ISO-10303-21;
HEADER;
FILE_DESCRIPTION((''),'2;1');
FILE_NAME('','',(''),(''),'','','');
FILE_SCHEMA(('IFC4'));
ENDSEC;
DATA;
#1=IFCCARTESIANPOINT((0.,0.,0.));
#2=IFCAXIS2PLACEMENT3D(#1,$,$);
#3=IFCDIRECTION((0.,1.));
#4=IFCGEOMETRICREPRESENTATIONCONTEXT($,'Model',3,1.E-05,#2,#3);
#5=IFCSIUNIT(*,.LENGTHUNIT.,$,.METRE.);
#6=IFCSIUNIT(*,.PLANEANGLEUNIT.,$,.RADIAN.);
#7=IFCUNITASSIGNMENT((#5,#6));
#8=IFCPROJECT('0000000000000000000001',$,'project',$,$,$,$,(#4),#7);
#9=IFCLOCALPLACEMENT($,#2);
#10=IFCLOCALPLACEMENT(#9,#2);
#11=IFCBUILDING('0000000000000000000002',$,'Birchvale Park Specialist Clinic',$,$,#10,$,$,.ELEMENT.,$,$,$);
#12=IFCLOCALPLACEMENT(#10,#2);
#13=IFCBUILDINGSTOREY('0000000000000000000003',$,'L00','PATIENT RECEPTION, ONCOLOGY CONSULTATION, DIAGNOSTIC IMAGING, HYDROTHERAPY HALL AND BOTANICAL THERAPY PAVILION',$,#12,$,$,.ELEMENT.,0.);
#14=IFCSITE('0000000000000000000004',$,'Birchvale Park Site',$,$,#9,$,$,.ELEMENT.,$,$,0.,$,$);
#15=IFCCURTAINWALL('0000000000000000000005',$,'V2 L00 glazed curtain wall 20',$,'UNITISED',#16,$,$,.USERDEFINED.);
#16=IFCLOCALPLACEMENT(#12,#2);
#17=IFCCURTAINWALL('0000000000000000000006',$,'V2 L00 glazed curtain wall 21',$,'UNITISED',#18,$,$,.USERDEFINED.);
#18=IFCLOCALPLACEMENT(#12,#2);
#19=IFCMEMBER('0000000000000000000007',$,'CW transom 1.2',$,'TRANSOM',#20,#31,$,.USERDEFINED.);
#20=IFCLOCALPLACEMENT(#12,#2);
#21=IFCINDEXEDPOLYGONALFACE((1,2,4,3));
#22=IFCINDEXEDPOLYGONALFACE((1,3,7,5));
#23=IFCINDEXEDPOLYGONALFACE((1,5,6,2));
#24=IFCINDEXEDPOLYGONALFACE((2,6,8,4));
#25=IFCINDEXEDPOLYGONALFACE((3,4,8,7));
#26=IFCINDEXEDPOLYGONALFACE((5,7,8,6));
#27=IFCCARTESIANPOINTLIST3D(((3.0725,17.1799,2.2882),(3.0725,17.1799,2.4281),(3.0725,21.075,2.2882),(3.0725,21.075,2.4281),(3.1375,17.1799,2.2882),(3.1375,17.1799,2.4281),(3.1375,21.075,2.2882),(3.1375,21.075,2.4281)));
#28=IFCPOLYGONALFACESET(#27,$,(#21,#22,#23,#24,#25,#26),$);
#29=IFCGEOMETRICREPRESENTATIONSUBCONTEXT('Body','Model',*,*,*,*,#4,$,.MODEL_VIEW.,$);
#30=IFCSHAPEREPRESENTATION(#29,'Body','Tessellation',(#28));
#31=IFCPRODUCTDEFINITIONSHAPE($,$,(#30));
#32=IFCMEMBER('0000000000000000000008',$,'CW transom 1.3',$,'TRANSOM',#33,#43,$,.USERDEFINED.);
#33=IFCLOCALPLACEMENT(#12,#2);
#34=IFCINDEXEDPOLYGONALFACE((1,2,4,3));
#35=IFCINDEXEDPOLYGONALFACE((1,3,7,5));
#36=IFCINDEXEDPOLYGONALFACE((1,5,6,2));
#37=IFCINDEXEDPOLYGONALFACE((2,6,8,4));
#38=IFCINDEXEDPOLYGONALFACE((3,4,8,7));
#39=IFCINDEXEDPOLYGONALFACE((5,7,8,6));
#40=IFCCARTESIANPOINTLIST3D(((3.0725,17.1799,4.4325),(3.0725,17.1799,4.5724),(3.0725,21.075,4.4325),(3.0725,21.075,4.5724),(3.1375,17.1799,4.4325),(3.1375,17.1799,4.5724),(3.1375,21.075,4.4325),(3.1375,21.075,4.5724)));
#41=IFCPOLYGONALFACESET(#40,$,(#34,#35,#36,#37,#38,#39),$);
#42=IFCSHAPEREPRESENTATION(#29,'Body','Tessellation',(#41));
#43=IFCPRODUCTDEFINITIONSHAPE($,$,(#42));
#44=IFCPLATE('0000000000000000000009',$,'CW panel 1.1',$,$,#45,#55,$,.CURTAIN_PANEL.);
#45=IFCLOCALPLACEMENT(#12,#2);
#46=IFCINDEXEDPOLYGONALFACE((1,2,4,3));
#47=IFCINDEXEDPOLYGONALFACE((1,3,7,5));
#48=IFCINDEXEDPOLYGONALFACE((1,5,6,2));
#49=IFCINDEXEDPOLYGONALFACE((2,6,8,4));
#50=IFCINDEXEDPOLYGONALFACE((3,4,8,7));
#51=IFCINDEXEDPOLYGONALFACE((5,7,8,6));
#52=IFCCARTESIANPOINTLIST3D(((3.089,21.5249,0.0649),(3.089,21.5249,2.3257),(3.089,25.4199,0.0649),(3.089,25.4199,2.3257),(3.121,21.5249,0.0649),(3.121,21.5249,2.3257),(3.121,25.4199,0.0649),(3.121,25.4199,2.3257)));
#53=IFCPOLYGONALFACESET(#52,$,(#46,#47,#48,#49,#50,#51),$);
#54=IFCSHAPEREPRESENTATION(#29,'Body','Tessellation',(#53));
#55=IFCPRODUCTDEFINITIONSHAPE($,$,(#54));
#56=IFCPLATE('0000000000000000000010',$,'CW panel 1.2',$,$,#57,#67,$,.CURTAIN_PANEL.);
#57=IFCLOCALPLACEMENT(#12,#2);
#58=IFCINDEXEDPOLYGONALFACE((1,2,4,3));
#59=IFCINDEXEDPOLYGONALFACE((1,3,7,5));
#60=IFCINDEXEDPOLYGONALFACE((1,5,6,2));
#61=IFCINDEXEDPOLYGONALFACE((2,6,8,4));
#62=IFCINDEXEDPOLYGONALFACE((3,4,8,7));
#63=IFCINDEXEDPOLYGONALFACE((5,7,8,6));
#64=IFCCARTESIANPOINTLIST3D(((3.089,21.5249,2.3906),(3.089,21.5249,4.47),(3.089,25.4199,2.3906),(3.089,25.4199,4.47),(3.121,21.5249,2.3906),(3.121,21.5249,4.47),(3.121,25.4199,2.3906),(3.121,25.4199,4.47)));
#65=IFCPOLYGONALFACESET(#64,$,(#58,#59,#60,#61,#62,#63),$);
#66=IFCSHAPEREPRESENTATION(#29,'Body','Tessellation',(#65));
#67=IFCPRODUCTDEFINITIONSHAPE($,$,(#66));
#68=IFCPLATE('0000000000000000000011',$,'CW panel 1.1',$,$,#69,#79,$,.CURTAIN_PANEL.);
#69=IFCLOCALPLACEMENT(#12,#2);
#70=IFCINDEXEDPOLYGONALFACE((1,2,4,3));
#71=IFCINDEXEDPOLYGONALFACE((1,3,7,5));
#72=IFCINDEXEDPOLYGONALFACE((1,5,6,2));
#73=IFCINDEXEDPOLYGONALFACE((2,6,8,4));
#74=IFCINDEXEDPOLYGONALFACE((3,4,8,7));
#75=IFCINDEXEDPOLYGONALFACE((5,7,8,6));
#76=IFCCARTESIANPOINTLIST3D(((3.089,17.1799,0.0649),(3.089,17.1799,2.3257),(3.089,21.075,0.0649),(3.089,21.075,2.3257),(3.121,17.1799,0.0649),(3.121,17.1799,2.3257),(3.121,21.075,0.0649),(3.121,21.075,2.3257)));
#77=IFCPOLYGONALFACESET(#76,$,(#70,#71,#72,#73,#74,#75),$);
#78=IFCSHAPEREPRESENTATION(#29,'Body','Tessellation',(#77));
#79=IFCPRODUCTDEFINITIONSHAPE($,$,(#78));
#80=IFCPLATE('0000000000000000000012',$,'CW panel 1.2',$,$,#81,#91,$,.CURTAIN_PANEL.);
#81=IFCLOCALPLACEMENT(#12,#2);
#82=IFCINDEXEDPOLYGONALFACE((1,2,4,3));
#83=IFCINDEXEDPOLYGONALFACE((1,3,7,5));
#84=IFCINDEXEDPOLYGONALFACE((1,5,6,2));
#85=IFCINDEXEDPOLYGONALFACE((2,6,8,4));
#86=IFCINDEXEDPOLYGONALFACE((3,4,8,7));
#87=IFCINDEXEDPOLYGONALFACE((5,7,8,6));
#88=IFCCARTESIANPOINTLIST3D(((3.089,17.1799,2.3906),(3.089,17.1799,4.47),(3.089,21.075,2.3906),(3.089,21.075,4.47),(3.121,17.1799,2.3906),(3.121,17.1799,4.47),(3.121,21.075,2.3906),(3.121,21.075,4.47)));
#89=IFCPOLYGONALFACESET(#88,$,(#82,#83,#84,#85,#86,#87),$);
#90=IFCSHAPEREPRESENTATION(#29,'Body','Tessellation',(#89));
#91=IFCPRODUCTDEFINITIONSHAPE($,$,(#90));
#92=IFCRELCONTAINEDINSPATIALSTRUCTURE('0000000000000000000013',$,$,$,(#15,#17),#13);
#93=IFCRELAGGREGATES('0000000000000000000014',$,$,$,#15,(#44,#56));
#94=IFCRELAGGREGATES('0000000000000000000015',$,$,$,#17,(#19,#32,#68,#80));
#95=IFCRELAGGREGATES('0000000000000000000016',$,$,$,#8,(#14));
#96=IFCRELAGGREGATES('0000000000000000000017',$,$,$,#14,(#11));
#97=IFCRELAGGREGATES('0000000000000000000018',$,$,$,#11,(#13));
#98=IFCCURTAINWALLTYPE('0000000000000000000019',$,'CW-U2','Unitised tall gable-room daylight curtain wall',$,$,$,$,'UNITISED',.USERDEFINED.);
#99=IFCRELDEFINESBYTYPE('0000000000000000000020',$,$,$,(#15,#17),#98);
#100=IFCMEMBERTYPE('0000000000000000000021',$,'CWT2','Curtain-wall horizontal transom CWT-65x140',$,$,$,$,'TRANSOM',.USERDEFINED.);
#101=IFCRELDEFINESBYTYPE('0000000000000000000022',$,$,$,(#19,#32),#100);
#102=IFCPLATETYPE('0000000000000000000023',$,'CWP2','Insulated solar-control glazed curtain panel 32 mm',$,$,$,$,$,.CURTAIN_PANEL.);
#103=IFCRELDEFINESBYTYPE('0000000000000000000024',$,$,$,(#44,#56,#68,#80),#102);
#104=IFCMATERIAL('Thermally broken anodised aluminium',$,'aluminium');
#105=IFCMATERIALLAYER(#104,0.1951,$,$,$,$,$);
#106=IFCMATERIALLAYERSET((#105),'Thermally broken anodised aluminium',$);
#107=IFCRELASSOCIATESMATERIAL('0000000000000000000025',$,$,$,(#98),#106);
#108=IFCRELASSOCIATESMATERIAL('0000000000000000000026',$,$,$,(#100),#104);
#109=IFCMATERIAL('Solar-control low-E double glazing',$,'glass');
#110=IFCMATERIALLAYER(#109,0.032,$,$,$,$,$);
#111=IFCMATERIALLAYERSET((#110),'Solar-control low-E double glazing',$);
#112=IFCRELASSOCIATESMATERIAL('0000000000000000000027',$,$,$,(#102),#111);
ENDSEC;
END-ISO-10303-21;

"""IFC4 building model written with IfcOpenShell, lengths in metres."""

from ifc_helpers import new_model, si_unit, direction, frame, origin, origin_2d, place, context, subcontext, project, spatial, rectangle, extrude, material, layer, layer_set, material_profile, profile_set, type_object, element, aggregate, save


model = new_model("IFC4")

# Units and contexts
model_context = context("Model", 3, precision=1e-05, world=origin(), true_north=direction((0.0, 1.0)))
body_context = subcontext(model_context, "Body", "Model", "MODEL_VIEW")
ifc_project = project(units=[si_unit("LENGTHUNIT", "METRE"), si_unit("PLANEANGLEUNIT", "RADIAN")], contexts=[model_context])

# Site, building, storey
site_placement = place(None, origin())
site = spatial("IfcSite", under=ifc_project, at=site_placement, Name="Birchvale Park Site", CompositionType="ELEMENT", RefElevation=0.0)
building_placement = place(site_placement, origin())
building = spatial("IfcBuilding", under=site, at=building_placement, Name="Birchvale Park Specialist Clinic", CompositionType="ELEMENT")
storey_placement = place(building_placement, origin())
storey = spatial("IfcBuildingStorey", under=building, at=storey_placement, Name="L00", Description="PATIENT RECEPTION, ONCOLOGY CONSULTATION, DIAGNOSTIC IMAGING, HYDROTHERAPY HALL AND BOTANICAL THERAPY PAVILION", CompositionType="ELEMENT", Elevation=0.0)

# Curtain walls
ifc_material_1 = material(Name="Thermally broken anodised aluminium", Category="aluminium")
ifc_layer_1 = layer(ifc_material_1, 0.1951)
ifc_layer_set_1 = layer_set([ifc_layer_1], Name="Thermally broken anodised aluminium")
curtain_wall_type = type_object("IfcCurtainWallType", Name="CW-U2", Description="Unitised tall gable-room daylight curtain wall", ElementType="UNITISED", PredefinedType="USERDEFINED", material=ifc_layer_set_1)
curtain_wall_1_placement = place(storey_placement, origin())
curtain_wall_1 = element("IfcCurtainWall", 1, at=curtain_wall_1_placement, inside=storey, type_object=curtain_wall_type, Name="V2 L00 glazed curtain wall 20", ObjectType="UNITISED", PredefinedType="USERDEFINED")
curtain_wall_2_placement = place(storey_placement, origin())
curtain_wall_2 = element("IfcCurtainWall", 2, at=curtain_wall_2_placement, inside=storey, type_object=curtain_wall_type, Name="V2 L00 glazed curtain wall 21", ObjectType="UNITISED", PredefinedType="USERDEFINED")

# Members
ifc_material_profile_1 = material_profile(ifc_material_1, rectangle(XDim=0.0649, YDim=0.1399, at=origin_2d()), Name="CWT-65x140")
ifc_profile_set_1 = profile_set([ifc_material_profile_1], Name="Thermally broken anodised aluminium")
member_type_1 = type_object("IfcMemberType", Name="CWT2", Description="Curtain-wall horizontal transom CWT-65x140", ElementType="TRANSOM", PredefinedType="USERDEFINED", material=ifc_profile_set_1)
member_1_placement = place(storey_placement, frame((3.105, 21.075, 2.3582), z_axis=(0.0, -1.0, 0.0), x_axis=(1.0, 0.0, 0.0)))
member_1 = element("IfcMember", 3, at=member_1_placement, type_object=member_type_1, Name="CW transom 1.2", ObjectType="TRANSOM", PredefinedType="USERDEFINED", context=body_context, shape_type="SweptSolid", body=[
    extrude(rectangle(XDim=0.0649, YDim=0.1399, at=origin_2d()), origin(), (0.0, 0.0, 1.0), 3.895),
])
member_2_placement = place(storey_placement, frame((3.105, 21.075, 4.5024), z_axis=(0.0, -1.0, 0.0), x_axis=(1.0, 0.0, 0.0)))
member_2 = element("IfcMember", 4, at=member_2_placement, type_object=member_type_1, Name="CW transom 1.3", ObjectType="TRANSOM", PredefinedType="USERDEFINED", context=body_context, shape_type="SweptSolid", body=[
    extrude(rectangle(XDim=0.0649, YDim=0.1399, at=origin_2d()), origin(), (0.0, 0.0, 1.0), 3.895),
])

# Plates
ifc_material_2 = material(Name="Solar-control low-E double glazing", Category="glass")
ifc_layer_2 = layer(ifc_material_2, 0.032)
ifc_layer_set_2 = layer_set([ifc_layer_2], Name="Solar-control low-E double glazing")
plate_type = type_object("IfcPlateType", Name="CWP2", Description="Insulated solar-control glazed curtain panel 32 mm", PredefinedType="CURTAIN_PANEL", material=ifc_layer_set_2)
plate_1_placement = place(storey_placement, frame((3.105, 23.4724, 0.0649), z_axis=(0.0, 0.0, 1.0), x_axis=(0.0, -1.0, 0.0)))
plate_1 = element("IfcPlate", 5, at=plate_1_placement, type_object=plate_type, Name="CW panel 1.1", PredefinedType="CURTAIN_PANEL", context=body_context, shape_type="SweptSolid", body=[
    extrude(rectangle(XDim=3.895, YDim=0.032, at=origin_2d()), origin(), (0.0, 0.0, 1.0), 2.2607),
])
plate_2_placement = place(storey_placement, frame((3.105, 23.4724, 2.3906), z_axis=(0.0, 0.0, 1.0), x_axis=(0.0, -1.0, 0.0)))
plate_2 = element("IfcPlate", 6, at=plate_2_placement, type_object=plate_type, Name="CW panel 1.2", PredefinedType="CURTAIN_PANEL", context=body_context, shape_type="SweptSolid", body=[
    extrude(rectangle(XDim=3.895, YDim=0.032, at=origin_2d()), origin(), (0.0, 0.0, 1.0), 2.0793),
])
aggregate(curtain_wall_1, [plate_1, plate_2])
plate_3_placement = place(storey_placement, frame((3.105, 19.1274, 0.0649), z_axis=(0.0, 0.0, 1.0), x_axis=(0.0, -1.0, 0.0)))
plate_3 = element("IfcPlate", 7, at=plate_3_placement, type_object=plate_type, Name="CW panel 1.1", PredefinedType="CURTAIN_PANEL", context=body_context, shape_type="SweptSolid", body=[
    extrude(rectangle(XDim=3.895, YDim=0.032, at=origin_2d()), origin(), (0.0, 0.0, 1.0), 2.2607),
])
plate_4_placement = place(storey_placement, frame((3.105, 19.1274, 2.3906), z_axis=(0.0, 0.0, 1.0), x_axis=(0.0, -1.0, 0.0)))
plate_4 = element("IfcPlate", 8, at=plate_4_placement, type_object=plate_type, Name="CW panel 1.2", PredefinedType="CURTAIN_PANEL", context=body_context, shape_type="SweptSolid", body=[
    extrude(rectangle(XDim=3.895, YDim=0.032, at=origin_2d()), origin(), (0.0, 0.0, 1.0), 2.0793),
])
aggregate(curtain_wall_2, [member_1, member_2, plate_3, plate_4])

save(model, "model.ifc")
